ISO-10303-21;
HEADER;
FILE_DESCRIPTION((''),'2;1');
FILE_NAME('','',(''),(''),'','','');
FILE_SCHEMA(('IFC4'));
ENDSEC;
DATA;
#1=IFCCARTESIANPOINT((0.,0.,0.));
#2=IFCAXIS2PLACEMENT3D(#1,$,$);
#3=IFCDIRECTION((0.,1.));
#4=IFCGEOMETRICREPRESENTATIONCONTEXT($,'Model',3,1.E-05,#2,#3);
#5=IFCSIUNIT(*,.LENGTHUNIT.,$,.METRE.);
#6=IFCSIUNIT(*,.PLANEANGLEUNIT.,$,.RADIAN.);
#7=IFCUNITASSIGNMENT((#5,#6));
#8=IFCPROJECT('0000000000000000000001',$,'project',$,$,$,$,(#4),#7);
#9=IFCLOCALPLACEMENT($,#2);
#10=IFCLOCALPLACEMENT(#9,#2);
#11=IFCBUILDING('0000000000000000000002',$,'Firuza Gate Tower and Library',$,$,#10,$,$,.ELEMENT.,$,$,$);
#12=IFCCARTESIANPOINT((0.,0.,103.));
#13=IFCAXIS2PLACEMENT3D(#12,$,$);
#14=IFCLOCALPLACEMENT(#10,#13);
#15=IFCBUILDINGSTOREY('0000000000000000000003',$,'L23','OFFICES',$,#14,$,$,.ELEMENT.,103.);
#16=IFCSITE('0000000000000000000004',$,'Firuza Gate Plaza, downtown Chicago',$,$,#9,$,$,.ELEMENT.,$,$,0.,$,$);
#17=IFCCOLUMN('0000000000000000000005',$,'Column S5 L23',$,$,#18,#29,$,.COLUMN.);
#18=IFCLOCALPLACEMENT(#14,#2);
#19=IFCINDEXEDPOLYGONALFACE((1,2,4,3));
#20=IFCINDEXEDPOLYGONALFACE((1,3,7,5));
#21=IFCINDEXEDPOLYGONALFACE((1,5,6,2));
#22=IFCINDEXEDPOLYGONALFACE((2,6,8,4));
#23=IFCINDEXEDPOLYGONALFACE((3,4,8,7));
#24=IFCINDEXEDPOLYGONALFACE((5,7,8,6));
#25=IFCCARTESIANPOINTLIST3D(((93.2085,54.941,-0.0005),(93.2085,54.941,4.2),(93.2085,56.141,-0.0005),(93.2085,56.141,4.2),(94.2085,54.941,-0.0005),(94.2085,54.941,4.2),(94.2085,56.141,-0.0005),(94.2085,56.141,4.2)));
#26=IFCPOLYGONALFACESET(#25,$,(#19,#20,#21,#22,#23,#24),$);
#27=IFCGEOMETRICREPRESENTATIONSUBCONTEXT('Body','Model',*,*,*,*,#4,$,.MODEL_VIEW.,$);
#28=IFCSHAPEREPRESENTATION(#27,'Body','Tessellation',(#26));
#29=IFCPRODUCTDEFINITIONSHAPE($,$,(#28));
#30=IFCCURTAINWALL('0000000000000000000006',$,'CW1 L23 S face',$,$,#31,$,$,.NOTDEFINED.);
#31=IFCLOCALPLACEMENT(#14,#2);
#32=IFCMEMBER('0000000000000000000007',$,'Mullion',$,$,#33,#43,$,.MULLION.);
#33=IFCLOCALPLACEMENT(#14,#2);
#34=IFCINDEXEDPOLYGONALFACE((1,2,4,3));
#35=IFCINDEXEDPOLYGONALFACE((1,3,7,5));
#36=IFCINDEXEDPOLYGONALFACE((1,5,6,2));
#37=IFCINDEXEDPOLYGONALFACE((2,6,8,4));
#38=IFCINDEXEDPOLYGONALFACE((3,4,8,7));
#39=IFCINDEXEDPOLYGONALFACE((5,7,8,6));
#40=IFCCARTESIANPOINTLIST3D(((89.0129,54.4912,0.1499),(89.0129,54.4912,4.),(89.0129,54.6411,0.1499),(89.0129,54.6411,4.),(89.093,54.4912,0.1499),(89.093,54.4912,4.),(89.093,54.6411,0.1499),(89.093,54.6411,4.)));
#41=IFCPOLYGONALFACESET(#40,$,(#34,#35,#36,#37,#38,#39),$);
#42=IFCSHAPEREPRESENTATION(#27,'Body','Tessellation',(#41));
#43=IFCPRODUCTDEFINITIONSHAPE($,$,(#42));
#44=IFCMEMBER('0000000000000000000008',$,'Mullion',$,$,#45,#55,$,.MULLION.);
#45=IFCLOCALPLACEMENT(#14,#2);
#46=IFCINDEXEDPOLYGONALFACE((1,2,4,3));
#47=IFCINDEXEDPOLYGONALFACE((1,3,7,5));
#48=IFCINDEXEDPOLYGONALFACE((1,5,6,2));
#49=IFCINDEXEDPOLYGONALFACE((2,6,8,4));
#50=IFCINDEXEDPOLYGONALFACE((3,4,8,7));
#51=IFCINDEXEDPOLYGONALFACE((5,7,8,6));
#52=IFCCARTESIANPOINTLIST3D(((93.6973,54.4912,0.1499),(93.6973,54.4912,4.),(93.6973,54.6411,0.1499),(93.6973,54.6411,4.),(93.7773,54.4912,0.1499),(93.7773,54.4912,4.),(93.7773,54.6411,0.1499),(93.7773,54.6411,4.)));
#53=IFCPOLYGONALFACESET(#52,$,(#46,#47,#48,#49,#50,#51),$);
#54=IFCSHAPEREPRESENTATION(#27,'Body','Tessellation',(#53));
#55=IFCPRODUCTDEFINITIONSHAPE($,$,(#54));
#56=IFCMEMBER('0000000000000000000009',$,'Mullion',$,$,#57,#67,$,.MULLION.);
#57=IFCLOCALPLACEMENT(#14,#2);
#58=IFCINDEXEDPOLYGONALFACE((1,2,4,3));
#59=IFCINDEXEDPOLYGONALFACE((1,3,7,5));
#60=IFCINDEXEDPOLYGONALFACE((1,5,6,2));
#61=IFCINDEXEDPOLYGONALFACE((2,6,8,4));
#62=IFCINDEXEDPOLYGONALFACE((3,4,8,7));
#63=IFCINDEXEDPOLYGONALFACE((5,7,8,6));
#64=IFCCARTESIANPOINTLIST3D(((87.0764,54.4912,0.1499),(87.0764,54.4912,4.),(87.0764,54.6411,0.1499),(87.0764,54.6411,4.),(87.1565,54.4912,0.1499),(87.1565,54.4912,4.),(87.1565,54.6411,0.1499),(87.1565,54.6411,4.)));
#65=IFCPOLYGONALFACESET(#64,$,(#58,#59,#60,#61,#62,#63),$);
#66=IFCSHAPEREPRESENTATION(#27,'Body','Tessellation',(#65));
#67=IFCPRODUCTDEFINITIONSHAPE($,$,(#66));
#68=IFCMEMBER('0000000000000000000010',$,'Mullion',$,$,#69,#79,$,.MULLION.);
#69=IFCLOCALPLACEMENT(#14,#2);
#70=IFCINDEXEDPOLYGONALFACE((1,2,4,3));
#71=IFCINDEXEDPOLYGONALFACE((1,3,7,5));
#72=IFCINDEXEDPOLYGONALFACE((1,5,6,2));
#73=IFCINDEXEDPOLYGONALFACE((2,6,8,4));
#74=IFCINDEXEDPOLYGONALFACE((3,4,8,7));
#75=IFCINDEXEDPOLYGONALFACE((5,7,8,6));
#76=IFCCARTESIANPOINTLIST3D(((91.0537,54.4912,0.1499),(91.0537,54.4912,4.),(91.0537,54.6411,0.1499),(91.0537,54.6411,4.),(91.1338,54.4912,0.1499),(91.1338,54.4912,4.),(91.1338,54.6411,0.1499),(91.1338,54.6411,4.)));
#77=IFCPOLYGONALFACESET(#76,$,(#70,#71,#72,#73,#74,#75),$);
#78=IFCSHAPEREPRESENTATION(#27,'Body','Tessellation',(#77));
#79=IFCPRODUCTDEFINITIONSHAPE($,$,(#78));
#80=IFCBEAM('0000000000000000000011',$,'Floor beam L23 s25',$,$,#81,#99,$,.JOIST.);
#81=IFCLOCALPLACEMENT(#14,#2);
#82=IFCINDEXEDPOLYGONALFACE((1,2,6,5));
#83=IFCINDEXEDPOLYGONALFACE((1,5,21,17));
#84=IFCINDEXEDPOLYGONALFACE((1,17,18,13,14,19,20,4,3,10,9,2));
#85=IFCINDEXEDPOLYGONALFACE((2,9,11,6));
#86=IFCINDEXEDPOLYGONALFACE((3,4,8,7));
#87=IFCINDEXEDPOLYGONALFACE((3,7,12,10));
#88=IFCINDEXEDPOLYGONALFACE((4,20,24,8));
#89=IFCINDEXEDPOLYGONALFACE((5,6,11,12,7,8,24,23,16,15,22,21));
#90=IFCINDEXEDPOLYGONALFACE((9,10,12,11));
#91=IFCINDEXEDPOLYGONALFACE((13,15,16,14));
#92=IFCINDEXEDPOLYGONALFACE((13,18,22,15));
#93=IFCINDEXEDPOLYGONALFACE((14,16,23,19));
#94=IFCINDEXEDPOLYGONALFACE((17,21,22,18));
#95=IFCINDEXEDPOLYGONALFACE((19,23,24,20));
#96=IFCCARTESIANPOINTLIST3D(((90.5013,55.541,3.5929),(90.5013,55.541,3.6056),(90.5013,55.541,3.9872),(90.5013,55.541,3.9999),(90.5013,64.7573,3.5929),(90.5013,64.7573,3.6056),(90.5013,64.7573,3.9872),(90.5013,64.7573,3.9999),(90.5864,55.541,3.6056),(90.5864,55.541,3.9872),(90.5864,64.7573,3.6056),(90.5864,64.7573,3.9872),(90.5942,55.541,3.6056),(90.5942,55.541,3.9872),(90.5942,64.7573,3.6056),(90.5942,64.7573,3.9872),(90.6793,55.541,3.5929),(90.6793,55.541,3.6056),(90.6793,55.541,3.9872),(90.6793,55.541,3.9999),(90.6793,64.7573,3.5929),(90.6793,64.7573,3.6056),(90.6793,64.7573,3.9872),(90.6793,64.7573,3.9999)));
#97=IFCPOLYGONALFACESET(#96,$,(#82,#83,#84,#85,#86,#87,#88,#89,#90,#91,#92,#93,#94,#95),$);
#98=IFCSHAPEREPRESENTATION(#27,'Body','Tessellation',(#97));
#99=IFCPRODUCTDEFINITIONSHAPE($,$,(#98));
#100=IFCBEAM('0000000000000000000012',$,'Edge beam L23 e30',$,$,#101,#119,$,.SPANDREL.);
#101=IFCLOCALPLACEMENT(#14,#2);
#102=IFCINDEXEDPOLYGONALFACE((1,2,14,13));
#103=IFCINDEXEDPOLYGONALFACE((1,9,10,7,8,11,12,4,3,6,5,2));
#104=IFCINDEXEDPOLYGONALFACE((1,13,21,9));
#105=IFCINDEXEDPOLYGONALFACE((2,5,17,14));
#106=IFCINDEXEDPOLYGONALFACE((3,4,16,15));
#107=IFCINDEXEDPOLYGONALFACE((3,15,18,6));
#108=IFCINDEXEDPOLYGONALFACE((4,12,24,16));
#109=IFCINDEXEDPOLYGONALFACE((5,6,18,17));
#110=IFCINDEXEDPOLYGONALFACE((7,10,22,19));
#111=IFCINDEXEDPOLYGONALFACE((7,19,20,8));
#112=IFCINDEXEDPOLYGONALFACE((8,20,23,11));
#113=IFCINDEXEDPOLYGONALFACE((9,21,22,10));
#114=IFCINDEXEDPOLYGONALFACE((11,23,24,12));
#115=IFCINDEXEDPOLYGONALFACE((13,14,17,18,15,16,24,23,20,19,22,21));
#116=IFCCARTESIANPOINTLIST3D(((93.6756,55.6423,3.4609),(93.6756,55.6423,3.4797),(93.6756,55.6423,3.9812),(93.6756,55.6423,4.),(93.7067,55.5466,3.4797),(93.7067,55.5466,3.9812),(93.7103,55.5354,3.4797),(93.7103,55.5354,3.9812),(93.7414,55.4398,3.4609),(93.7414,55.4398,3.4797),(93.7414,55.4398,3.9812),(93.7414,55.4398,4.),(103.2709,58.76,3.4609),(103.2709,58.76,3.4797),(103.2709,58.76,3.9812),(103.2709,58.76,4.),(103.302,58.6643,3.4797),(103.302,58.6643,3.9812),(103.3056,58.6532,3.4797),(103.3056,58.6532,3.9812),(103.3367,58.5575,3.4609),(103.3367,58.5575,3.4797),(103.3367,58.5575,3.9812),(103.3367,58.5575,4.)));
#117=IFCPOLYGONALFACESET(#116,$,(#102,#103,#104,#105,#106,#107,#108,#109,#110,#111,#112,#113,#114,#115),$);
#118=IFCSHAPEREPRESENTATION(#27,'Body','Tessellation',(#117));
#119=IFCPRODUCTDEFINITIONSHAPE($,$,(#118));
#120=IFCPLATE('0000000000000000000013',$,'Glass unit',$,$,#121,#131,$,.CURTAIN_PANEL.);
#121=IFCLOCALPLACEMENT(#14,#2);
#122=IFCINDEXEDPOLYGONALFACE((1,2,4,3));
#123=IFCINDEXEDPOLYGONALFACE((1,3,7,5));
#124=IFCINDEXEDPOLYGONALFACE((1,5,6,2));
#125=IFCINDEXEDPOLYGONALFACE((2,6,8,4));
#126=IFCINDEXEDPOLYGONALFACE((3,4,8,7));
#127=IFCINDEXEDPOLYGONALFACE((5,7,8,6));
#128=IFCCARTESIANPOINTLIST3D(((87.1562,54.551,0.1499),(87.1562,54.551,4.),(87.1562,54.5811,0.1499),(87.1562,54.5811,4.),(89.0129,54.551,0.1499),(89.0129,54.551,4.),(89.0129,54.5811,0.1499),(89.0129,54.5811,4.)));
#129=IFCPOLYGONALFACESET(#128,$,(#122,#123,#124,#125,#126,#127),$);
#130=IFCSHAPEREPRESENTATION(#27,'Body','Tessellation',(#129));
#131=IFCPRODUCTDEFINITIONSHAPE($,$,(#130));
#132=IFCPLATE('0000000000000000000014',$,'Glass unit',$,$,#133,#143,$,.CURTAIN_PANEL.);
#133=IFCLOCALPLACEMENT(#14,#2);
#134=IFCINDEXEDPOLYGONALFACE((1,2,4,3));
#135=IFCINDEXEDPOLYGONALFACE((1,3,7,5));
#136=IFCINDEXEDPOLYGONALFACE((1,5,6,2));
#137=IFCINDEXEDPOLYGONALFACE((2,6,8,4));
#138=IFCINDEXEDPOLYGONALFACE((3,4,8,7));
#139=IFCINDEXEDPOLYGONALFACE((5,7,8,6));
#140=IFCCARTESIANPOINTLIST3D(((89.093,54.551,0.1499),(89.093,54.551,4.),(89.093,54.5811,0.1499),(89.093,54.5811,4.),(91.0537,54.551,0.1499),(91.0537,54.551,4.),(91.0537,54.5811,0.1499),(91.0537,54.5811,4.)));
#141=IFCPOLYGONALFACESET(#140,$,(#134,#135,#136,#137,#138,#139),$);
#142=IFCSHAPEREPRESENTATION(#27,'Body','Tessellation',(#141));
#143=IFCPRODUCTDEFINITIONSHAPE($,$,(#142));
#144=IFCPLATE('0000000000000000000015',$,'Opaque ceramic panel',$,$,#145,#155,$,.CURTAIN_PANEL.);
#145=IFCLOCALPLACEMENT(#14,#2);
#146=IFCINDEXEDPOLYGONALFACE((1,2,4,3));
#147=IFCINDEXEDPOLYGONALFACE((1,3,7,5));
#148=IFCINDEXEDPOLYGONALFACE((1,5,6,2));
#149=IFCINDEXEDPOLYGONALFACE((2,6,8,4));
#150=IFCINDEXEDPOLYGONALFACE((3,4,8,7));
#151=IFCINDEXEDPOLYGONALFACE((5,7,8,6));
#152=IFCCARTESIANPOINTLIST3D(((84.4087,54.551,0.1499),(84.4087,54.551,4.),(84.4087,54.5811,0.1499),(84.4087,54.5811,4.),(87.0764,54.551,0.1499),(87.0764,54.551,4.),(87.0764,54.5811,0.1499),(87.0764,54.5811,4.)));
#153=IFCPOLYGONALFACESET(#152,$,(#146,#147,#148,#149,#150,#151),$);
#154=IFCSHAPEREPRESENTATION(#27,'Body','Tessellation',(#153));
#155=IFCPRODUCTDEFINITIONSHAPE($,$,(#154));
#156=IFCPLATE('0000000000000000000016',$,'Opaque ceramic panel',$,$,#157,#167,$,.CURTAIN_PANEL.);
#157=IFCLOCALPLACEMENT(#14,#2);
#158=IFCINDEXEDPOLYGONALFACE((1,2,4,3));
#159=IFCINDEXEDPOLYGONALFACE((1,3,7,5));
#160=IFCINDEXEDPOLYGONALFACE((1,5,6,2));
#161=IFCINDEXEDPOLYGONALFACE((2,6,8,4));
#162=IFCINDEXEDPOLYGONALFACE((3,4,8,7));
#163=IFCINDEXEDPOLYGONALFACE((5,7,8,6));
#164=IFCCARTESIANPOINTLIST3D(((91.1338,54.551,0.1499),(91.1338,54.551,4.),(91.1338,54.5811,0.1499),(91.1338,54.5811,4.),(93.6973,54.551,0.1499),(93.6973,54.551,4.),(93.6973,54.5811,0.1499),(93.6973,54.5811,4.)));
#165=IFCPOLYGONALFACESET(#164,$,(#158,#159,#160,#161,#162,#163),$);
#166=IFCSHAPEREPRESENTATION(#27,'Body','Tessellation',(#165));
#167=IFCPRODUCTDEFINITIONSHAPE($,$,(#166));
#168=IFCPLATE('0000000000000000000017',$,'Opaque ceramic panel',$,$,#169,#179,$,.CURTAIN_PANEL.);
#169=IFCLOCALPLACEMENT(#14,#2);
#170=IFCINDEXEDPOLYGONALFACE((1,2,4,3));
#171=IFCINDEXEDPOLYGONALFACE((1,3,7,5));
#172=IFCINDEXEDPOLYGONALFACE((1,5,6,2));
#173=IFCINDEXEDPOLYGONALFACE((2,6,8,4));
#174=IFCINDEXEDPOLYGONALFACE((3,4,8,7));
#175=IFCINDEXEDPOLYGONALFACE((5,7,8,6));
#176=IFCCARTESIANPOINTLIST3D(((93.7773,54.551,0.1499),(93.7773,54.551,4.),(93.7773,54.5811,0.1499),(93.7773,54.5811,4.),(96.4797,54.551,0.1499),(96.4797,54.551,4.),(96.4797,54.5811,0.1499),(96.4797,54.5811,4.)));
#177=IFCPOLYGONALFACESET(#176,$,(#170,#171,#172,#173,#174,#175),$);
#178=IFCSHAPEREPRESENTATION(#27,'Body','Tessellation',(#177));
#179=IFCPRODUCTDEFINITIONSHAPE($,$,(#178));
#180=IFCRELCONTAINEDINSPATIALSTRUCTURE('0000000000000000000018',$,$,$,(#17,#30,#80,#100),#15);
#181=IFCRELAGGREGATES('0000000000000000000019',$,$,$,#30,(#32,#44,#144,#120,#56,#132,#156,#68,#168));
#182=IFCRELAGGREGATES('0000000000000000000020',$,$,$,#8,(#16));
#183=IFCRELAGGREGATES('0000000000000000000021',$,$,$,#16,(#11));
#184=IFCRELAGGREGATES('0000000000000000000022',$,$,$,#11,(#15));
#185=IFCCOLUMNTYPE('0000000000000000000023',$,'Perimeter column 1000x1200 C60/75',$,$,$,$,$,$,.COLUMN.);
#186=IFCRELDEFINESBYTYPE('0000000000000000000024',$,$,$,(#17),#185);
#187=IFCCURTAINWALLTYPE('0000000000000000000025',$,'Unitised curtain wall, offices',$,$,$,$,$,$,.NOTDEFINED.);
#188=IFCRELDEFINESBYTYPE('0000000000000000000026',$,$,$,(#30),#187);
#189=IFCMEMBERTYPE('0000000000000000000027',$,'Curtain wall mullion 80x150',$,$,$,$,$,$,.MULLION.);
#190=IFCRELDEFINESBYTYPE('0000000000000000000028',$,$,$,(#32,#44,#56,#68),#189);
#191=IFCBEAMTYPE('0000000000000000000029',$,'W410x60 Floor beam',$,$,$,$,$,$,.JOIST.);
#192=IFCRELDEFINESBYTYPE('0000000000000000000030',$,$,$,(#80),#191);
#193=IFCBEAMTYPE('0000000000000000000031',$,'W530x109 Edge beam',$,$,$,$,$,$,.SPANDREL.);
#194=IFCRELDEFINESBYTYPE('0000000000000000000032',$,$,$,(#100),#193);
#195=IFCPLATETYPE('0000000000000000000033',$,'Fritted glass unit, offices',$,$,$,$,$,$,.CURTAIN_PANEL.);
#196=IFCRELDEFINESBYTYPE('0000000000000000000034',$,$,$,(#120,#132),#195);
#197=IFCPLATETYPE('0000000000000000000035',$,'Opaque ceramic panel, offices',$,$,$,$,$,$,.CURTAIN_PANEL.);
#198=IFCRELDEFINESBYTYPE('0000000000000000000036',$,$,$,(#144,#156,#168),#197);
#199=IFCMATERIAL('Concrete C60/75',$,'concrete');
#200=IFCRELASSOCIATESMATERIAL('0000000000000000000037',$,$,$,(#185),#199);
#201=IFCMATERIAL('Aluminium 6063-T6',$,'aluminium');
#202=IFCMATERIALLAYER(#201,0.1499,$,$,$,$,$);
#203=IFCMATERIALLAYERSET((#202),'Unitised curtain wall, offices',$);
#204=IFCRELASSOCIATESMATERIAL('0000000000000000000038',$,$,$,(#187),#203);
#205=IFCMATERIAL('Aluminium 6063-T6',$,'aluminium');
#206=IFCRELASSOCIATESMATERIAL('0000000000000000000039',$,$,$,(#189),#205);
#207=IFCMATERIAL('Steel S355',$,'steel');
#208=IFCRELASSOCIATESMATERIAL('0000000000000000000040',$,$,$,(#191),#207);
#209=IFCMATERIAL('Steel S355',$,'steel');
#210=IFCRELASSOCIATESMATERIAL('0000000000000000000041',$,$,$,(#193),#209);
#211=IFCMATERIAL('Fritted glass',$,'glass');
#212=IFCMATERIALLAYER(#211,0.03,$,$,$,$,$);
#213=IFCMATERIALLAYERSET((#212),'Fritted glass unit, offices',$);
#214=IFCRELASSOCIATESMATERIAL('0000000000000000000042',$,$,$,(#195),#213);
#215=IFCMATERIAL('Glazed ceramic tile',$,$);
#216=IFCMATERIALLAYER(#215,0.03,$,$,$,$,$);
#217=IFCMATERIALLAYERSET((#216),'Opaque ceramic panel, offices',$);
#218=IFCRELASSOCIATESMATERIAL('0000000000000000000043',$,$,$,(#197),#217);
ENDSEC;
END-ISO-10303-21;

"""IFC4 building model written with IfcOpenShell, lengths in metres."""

from ifc_helpers import new_model, si_unit, direction, frame, origin, origin_2d, place, context, subcontext, project, spatial, polyline, rectangle, i_section, outline, extrude, material, layer, layer_set, material_profile, profile_set, type_object, element, aggregate, save


model = new_model("IFC4")

# Units and contexts
model_context = context("Model", 3, precision=1e-05, world=origin(), true_north=direction((0.0, 1.0)))
body_context = subcontext(model_context, "Body", "Model", "MODEL_VIEW")
ifc_project = project(units=[si_unit("LENGTHUNIT", "METRE"), si_unit("PLANEANGLEUNIT", "RADIAN")], contexts=[model_context])

# Site, building, storey
site_placement = place(None, origin())
site = spatial("IfcSite", under=ifc_project, at=site_placement, Name="Firuza Gate Plaza, downtown Chicago", CompositionType="ELEMENT", RefElevation=0.0)
building_placement = place(site_placement, origin())
building = spatial("IfcBuilding", under=site, at=building_placement, Name="Firuza Gate Tower and Library", CompositionType="ELEMENT")
storey_placement = place(building_placement, frame((0.0, 0.0, 103.0)))
storey = spatial("IfcBuildingStorey", under=building, at=storey_placement, Name="L23", Description="OFFICES", CompositionType="ELEMENT", Elevation=103.0)

# Column
ifc_material_1 = material(Name="Concrete C60/75", Category="concrete")
ifc_material_profile_1 = material_profile(ifc_material_1, rectangle(XDim=1.0, YDim=1.2, at=origin_2d()))
ifc_profile_set_1 = profile_set([ifc_material_profile_1], Name="Concrete C60/75")
column_type = type_object("IfcColumnType", Name="Perimeter column 1000x1200 C60/75", PredefinedType="COLUMN", material=ifc_profile_set_1)
column_placement = place(storey_placement, frame((93.7085, 55.541, -0.0005), z_axis=(0.0, 0.0, 1.0), x_axis=(1.0, 0.0, 0.0)))
element("IfcColumn", 1, at=column_placement, inside=storey, type_object=column_type, Name="Column S5 L23", PredefinedType="COLUMN", context=body_context, shape_type="SweptSolid", body=[
    extrude(rectangle(XDim=1.0, YDim=1.2, at=origin_2d()), origin(), (0.0, 0.0, 1.0), 4.2004),
])

# Curtain wall, members
ifc_material_2 = material(Name="Aluminium 6063-T6", Category="aluminium")
ifc_layer_1 = layer(ifc_material_2, 0.1499)
ifc_layer_set_1 = layer_set([ifc_layer_1], Name="Unitised curtain wall, offices")
curtain_wall_type = type_object("IfcCurtainWallType", Name="Unitised curtain wall, offices", PredefinedType="NOTDEFINED", material=ifc_layer_set_1)
curtain_wall_placement = place(storey_placement, origin())
curtain_wall = element("IfcCurtainWall", 2, at=curtain_wall_placement, inside=storey, type_object=curtain_wall_type, Name="CW1 L23 S face", PredefinedType="NOTDEFINED")
ifc_material_3 = material(Name="Aluminium 6063-T6", Category="aluminium")
ifc_material_profile_2 = material_profile(ifc_material_3, rectangle(XDim=0.1499, YDim=0.0801, at=origin_2d()))
ifc_profile_set_2 = profile_set([ifc_material_profile_2], Name="Aluminium 6063-T6")
member_type = type_object("IfcMemberType", Name="Curtain wall mullion 80x150", PredefinedType="MULLION", material=ifc_profile_set_2)
member_1_placement = place(storey_placement, frame((89.053, 54.5662, 0.1499), z_axis=(0.0, 0.0, 1.0), x_axis=(0.0, 1.0, 0.0)))
member_1 = element("IfcMember", 3, at=member_1_placement, type_object=member_type, Name="Mullion", PredefinedType="MULLION", context=body_context, shape_type="SweptSolid", body=[
    extrude(rectangle(XDim=0.1499, YDim=0.0801, at=origin_2d()), origin(), (0.0, 0.0, 1.0), 3.8501),
])
member_2_placement = place(storey_placement, frame((93.7373, 54.5662, 0.1499), z_axis=(0.0, 0.0, 1.0), x_axis=(0.0, 1.0, 0.0)))
member_2 = element("IfcMember", 4, at=member_2_placement, type_object=member_type, Name="Mullion", PredefinedType="MULLION", context=body_context, shape_type="SweptSolid", body=[
    extrude(rectangle(XDim=0.1499, YDim=0.0801, at=origin_2d()), origin(), (0.0, 0.0, 1.0), 3.8501),
])
member_3_placement = place(storey_placement, frame((87.1165, 54.5662, 0.1499), z_axis=(0.0, 0.0, 1.0), x_axis=(0.0, 1.0, 0.0)))
member_3 = element("IfcMember", 5, at=member_3_placement, type_object=member_type, Name="Mullion", PredefinedType="MULLION", context=body_context, shape_type="SweptSolid", body=[
    extrude(rectangle(XDim=0.1499, YDim=0.0801, at=origin_2d()), origin(), (0.0, 0.0, 1.0), 3.8501),
])
member_4_placement = place(storey_placement, frame((91.0938, 54.5662, 0.1499), z_axis=(0.0, 0.0, 1.0), x_axis=(0.0, 1.0, 0.0)))
member_4 = element("IfcMember", 6, at=member_4_placement, type_object=member_type, Name="Mullion", PredefinedType="MULLION", context=body_context, shape_type="SweptSolid", body=[
    extrude(rectangle(XDim=0.1499, YDim=0.0801, at=origin_2d()), origin(), (0.0, 0.0, 1.0), 3.8501),
])

# Beams
ifc_material_4 = material(Name="Steel S355", Category="steel")
ifc_material_profile_3 = material_profile(ifc_material_4, i_section(OverallWidth=0.178, OverallDepth=0.407, WebThickness=0.0078, FlangeThickness=0.0127, at=origin_2d()))
ifc_profile_set_3 = profile_set([ifc_material_profile_3], Name="Steel S355")
beam_type_1 = type_object("IfcBeamType", Name="W410x60 Floor beam", PredefinedType="JOIST", material=ifc_profile_set_3)
beam_1_placement = place(storey_placement, frame((90.5903, 55.541, 3.7964), z_axis=(0.0, 1.0, 0.0), x_axis=(-1.0, 0.0, 0.0)))
element("IfcBeam", 7, at=beam_1_placement, inside=storey, type_object=beam_type_1, Name="Floor beam L23 s25", PredefinedType="JOIST", context=body_context, shape_type="SweptSolid", body=[
    extrude(i_section(OverallWidth=0.178, OverallDepth=0.407, WebThickness=0.0078, FlangeThickness=0.0127, at=origin_2d()), origin(), (0.0, 0.0, 1.0), 9.2163),
])
ifc_material_5 = material(Name="Steel S355", Category="steel")
ifc_material_profile_4 = material_profile(ifc_material_5, i_section(OverallWidth=0.2129, OverallDepth=0.5391, WebThickness=0.0117, FlangeThickness=0.0188, at=origin_2d()))
ifc_profile_set_4 = profile_set([ifc_material_profile_4], Name="Steel S355")
beam_type_2 = type_object("IfcBeamType", Name="W530x109 Edge beam", PredefinedType="SPANDREL", material=ifc_profile_set_4)
beam_2_placement = place(storey_placement, frame((93.7085, 55.541, 3.7305), z_axis=(0.951056, 0.309017, 0.0), x_axis=(-0.309017, 0.951056, 0.0)))
element("IfcBeam", 8, at=beam_2_placement, inside=storey, type_object=beam_type_2, Name="Edge beam L23 e30", PredefinedType="SPANDREL", context=body_context, shape_type="SweptSolid", body=[
    extrude(i_section(OverallWidth=0.2129, OverallDepth=0.5391, WebThickness=0.0117, FlangeThickness=0.0188, at=origin_2d()), origin(), (0.0, 0.0, 1.0), 10.0891),
])

# Plates
ifc_material_6 = material(Name="Fritted glass", Category="glass")
ifc_layer_2 = layer(ifc_material_6, 0.03)
ifc_layer_set_2 = layer_set([ifc_layer_2], Name="Fritted glass unit, offices")
plate_type_1 = type_object("IfcPlateType", Name="Fritted glass unit, offices", PredefinedType="CURTAIN_PANEL", material=ifc_layer_set_2)
plate_1_placement = place(storey_placement, frame((87.1562, 54.551, 0.1499), z_axis=(0.0, -1.0, 0.0), x_axis=(1.0, 0.0, 0.0)))
plate_1 = element("IfcPlate", 9, at=plate_1_placement, type_object=plate_type_1, Name="Glass unit", PredefinedType="CURTAIN_PANEL", context=body_context, shape_type="SweptSolid", body=[
    extrude(outline(polyline([(0.0, 0.0), (1.8567, 0.0), (1.8567, 3.8501), (0.0, 3.8501), (0.0, 0.0)])), origin(), (0.0, 0.0, -1.0), 0.03),
])
plate_2_placement = place(storey_placement, frame((89.093, 54.551, 0.1499), z_axis=(0.0, -1.0, 0.0), x_axis=(1.0, 0.0, 0.0)))
plate_2 = element("IfcPlate", 10, at=plate_2_placement, type_object=plate_type_1, Name="Glass unit", PredefinedType="CURTAIN_PANEL", context=body_context, shape_type="SweptSolid", body=[
    extrude(outline(polyline([(0.0, 0.0), (1.9607, 0.0), (1.9607, 3.8501), (0.0, 3.8501), (0.0, 0.0)])), origin(), (0.0, 0.0, -1.0), 0.03),
])
ifc_material_7 = material(Name="Glazed ceramic tile")
ifc_layer_3 = layer(ifc_material_7, 0.03)
ifc_layer_set_3 = layer_set([ifc_layer_3], Name="Opaque ceramic panel, offices")
plate_type_2 = type_object("IfcPlateType", Name="Opaque ceramic panel, offices", PredefinedType="CURTAIN_PANEL", material=ifc_layer_set_3)
plate_3_placement = place(storey_placement, frame((84.4087, 54.551, 0.1499), z_axis=(0.0, -1.0, 0.0), x_axis=(1.0, 0.0, 0.0)))
plate_3 = element("IfcPlate", 11, at=plate_3_placement, type_object=plate_type_2, Name="Opaque ceramic panel", PredefinedType="CURTAIN_PANEL", context=body_context, shape_type="SweptSolid", body=[
    extrude(outline(polyline([(0.0, 0.0), (2.6677, 0.0), (2.6677, 3.8501), (0.0, 3.8501), (0.0, 0.0)])), origin(), (0.0, 0.0, -1.0), 0.03),
])
plate_4_placement = place(storey_placement, frame((91.1338, 54.551, 0.1499), z_axis=(0.0, -1.0, 0.0), x_axis=(1.0, 0.0, 0.0)))
plate_4 = element("IfcPlate", 12, at=plate_4_placement, type_object=plate_type_2, Name="Opaque ceramic panel", PredefinedType="CURTAIN_PANEL", context=body_context, shape_type="SweptSolid", body=[
    extrude(outline(polyline([(0.0, 0.0), (2.5635, 0.0), (2.5635, 3.8501), (0.0, 3.8501), (0.0, 0.0)])), origin(), (0.0, 0.0, -1.0), 0.03),
])
plate_5_placement = place(storey_placement, frame((93.7773, 54.551, 0.1499), z_axis=(0.0, -1.0, 0.0), x_axis=(1.0, 0.0, 0.0)))
plate_5 = element("IfcPlate", 13, at=plate_5_placement, type_object=plate_type_2, Name="Opaque ceramic panel", PredefinedType="CURTAIN_PANEL", context=body_context, shape_type="SweptSolid", body=[
    extrude(outline(polyline([(0.0, 0.0), (2.7024, 0.0), (2.7024, 3.8501), (0.0, 3.8501), (0.0, 0.0)])), origin(), (0.0, 0.0, -1.0), 0.03),
])
aggregate(curtain_wall, [member_1, member_2, plate_3, plate_1, member_3, plate_2, plate_4, member_4, plate_5])

save(model, "model.ifc")
